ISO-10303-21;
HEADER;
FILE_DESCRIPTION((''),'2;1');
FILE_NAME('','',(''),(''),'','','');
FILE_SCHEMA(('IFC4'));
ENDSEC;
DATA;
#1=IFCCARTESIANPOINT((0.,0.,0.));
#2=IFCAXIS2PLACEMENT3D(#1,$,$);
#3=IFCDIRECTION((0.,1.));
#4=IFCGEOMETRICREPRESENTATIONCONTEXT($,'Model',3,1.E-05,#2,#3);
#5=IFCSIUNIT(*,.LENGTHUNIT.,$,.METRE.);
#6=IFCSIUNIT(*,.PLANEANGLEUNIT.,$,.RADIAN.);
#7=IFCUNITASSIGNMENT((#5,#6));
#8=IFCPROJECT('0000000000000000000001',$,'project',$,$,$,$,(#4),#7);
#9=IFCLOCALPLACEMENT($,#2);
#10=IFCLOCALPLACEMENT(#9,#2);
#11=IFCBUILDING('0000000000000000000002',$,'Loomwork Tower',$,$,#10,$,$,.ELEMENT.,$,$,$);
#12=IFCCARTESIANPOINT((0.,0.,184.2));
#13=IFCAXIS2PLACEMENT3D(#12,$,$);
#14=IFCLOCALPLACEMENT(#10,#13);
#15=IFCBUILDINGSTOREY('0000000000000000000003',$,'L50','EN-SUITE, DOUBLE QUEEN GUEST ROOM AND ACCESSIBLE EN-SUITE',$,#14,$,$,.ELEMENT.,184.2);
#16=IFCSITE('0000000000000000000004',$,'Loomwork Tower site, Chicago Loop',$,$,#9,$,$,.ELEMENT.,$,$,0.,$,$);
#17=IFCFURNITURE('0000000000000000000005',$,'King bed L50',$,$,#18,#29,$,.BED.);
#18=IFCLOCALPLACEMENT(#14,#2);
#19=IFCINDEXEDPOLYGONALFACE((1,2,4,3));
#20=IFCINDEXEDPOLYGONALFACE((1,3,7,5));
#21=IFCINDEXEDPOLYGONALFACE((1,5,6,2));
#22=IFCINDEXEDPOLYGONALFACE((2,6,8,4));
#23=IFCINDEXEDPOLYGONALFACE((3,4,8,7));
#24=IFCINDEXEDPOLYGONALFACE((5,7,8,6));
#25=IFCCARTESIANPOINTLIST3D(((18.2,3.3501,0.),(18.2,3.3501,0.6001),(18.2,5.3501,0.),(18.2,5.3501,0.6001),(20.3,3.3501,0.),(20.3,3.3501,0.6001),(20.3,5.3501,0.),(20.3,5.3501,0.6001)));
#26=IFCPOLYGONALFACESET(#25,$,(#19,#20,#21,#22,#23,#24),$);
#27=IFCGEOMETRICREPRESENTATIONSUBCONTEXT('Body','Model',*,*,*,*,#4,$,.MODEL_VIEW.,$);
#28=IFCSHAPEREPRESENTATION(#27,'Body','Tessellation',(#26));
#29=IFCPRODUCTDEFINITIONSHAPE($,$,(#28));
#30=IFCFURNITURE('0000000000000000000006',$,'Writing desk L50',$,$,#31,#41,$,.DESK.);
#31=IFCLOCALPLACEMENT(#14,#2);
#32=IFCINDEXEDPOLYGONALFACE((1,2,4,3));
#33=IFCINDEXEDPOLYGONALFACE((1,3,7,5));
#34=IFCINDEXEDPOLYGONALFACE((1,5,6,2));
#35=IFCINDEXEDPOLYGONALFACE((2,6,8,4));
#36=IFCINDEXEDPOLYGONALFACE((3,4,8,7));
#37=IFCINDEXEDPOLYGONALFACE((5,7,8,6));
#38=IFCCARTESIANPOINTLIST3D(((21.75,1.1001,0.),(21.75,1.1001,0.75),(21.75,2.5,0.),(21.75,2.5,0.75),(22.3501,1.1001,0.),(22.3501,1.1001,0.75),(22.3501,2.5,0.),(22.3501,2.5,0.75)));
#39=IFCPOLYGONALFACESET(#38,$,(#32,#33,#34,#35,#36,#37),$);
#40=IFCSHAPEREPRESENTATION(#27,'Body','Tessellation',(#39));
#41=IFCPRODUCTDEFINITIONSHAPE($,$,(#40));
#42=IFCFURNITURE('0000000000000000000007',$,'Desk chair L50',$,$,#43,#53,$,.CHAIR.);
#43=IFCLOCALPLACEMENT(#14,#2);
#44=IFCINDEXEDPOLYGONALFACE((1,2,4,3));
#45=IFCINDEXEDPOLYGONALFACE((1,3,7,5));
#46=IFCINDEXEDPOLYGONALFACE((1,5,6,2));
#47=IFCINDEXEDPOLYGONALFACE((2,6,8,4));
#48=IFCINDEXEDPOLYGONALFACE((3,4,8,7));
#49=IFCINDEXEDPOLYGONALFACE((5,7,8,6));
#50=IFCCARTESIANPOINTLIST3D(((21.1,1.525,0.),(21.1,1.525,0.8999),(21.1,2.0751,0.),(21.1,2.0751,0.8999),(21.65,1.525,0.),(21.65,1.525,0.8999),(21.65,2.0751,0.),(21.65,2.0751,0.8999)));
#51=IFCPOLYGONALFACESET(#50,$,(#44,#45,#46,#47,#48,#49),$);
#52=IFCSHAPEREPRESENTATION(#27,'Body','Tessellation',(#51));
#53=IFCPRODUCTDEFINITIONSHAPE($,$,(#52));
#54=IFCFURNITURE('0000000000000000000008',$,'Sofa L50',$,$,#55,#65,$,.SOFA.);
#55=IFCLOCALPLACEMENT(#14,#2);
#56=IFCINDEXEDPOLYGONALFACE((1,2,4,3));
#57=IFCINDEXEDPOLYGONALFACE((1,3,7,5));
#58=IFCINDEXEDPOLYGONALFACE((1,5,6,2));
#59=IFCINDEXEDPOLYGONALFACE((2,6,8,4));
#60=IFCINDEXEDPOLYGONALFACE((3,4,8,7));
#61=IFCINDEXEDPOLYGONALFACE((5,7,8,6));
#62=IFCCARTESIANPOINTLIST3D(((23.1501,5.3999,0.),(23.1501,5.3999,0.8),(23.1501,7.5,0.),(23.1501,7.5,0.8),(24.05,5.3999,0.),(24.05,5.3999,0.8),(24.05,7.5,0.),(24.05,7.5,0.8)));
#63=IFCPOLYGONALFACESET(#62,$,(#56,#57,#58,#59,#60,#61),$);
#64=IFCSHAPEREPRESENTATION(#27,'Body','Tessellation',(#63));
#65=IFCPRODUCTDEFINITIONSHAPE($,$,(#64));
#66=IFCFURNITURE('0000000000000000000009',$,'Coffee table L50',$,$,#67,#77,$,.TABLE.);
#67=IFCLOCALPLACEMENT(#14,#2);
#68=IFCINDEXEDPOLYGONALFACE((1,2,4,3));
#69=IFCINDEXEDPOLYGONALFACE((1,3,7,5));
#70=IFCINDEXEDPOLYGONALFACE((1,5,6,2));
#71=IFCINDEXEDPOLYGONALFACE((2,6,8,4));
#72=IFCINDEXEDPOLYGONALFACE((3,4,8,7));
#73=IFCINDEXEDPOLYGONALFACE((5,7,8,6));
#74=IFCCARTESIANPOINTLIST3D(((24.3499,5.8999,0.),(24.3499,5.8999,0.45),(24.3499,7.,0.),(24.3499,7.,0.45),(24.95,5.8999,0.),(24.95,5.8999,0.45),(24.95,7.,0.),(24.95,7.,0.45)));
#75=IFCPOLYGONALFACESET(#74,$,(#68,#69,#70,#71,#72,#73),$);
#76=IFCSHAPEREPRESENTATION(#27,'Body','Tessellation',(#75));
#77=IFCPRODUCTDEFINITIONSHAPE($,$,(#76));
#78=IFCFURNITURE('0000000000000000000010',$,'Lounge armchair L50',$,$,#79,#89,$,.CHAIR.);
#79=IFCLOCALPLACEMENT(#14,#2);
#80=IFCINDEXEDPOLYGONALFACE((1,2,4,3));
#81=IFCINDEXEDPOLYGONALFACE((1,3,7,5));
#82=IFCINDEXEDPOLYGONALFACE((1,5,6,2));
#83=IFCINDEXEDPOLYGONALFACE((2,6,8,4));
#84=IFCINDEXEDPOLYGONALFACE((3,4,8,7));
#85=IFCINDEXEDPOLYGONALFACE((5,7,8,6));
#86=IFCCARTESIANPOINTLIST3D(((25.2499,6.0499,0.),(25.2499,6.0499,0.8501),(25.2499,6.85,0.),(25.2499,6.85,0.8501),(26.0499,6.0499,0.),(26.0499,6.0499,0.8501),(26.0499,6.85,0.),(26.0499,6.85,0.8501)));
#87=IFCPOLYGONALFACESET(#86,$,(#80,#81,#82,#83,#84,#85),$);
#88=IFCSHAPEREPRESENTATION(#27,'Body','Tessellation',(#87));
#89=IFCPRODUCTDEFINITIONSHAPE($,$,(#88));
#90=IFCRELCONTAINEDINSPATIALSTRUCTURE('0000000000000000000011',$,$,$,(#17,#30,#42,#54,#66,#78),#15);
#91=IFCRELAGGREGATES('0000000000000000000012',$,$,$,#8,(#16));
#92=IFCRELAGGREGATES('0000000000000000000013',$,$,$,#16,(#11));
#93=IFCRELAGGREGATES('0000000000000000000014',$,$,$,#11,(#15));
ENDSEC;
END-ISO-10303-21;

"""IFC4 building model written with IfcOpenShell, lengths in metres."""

from ifc_helpers import new_model, si_unit, direction, frame, origin, origin_2d, place, context, subcontext, project, spatial, rectangle, extrude, element, save


model = new_model("IFC4")

# Units and contexts
model_context = context("Model", 3, precision=1e-05, world=origin(), true_north=direction((0.0, 1.0)))
body_context = subcontext(model_context, "Body", "Model", "MODEL_VIEW")
ifc_project = project(units=[si_unit("LENGTHUNIT", "METRE"), si_unit("PLANEANGLEUNIT", "RADIAN")], contexts=[model_context])

# Site, building, storey
site_placement = place(None, origin())
site = spatial("IfcSite", under=ifc_project, at=site_placement, Name="Loomwork Tower site, Chicago Loop", CompositionType="ELEMENT", RefElevation=0.0)
building_placement = place(site_placement, origin())
building = spatial("IfcBuilding", under=site, at=building_placement, Name="Loomwork Tower", CompositionType="ELEMENT")
storey_placement = place(building_placement, frame((0.0, 0.0, 184.2)))
storey = spatial("IfcBuildingStorey", under=building, at=storey_placement, Name="L50", Description="EN-SUITE, DOUBLE QUEEN GUEST ROOM AND ACCESSIBLE EN-SUITE", CompositionType="ELEMENT", Elevation=184.2)

# Furniture
furniture_1_placement = place(storey_placement, frame((19.25, 4.3501, 0.0), z_axis=(0.0, 0.0, 1.0), x_axis=(1.0, 0.0, 0.0)))
element("IfcFurniture", 1, at=furniture_1_placement, inside=storey, Name="King bed L50", PredefinedType="BED", context=body_context, shape_type="SweptSolid", body=[
    extrude(rectangle(XDim=2.1001, YDim=2.0, at=origin_2d()), origin(), (0.0, 0.0, 1.0), 0.6001),
])
furniture_2_placement = place(storey_placement, frame((22.05, 1.8, 0.0), z_axis=(0.0, 0.0, 1.0), x_axis=(1.0, 0.0, 0.0)))
element("IfcFurniture", 2, at=furniture_2_placement, inside=storey, Name="Writing desk L50", PredefinedType="DESK", context=body_context, shape_type="SweptSolid", body=[
    extrude(rectangle(XDim=0.6001, YDim=1.3999, at=origin_2d()), origin(), (0.0, 0.0, 1.0), 0.75),
])
furniture_3_placement = place(storey_placement, frame((21.375, 1.8, 0.0), z_axis=(0.0, 0.0, 1.0), x_axis=(1.0, 0.0, 0.0)))
element("IfcFurniture", 3, at=furniture_3_placement, inside=storey, Name="Desk chair L50", PredefinedType="CHAIR", context=body_context, shape_type="SweptSolid", body=[
    extrude(rectangle(XDim=0.55, YDim=0.55, at=origin_2d()), origin(), (0.0, 0.0, 1.0), 0.8999),
])
furniture_4_placement = place(storey_placement, frame((23.6001, 6.45, 0.0), z_axis=(0.0, 0.0, 1.0), x_axis=(1.0, 0.0, 0.0)))
element("IfcFurniture", 4, at=furniture_4_placement, inside=storey, Name="Sofa L50", PredefinedType="SOFA", context=body_context, shape_type="SweptSolid", body=[
    extrude(rectangle(XDim=0.8999, YDim=2.1001, at=origin_2d()), origin(), (0.0, 0.0, 1.0), 0.8),
])
furniture_5_placement = place(storey_placement, frame((24.6499, 6.45, 0.0), z_axis=(0.0, 0.0, 1.0), x_axis=(1.0, 0.0, 0.0)))
element("IfcFurniture", 5, at=furniture_5_placement, inside=storey, Name="Coffee table L50", PredefinedType="TABLE", context=body_context, shape_type="SweptSolid", body=[
    extrude(rectangle(XDim=0.6001, YDim=1.1001, at=origin_2d()), origin(), (0.0, 0.0, 1.0), 0.45),
])
furniture_6_placement = place(storey_placement, frame((25.6499, 6.45, 0.0), z_axis=(0.0, 0.0, 1.0), x_axis=(1.0, 0.0, 0.0)))
element("IfcFurniture", 6, at=furniture_6_placement, inside=storey, Name="Lounge armchair L50", PredefinedType="CHAIR", context=body_context, shape_type="SweptSolid", body=[
    extrude(rectangle(XDim=0.8, YDim=0.8, at=origin_2d()), origin(), (0.0, 0.0, 1.0), 0.8501),
])

save(model, "model.ifc")
